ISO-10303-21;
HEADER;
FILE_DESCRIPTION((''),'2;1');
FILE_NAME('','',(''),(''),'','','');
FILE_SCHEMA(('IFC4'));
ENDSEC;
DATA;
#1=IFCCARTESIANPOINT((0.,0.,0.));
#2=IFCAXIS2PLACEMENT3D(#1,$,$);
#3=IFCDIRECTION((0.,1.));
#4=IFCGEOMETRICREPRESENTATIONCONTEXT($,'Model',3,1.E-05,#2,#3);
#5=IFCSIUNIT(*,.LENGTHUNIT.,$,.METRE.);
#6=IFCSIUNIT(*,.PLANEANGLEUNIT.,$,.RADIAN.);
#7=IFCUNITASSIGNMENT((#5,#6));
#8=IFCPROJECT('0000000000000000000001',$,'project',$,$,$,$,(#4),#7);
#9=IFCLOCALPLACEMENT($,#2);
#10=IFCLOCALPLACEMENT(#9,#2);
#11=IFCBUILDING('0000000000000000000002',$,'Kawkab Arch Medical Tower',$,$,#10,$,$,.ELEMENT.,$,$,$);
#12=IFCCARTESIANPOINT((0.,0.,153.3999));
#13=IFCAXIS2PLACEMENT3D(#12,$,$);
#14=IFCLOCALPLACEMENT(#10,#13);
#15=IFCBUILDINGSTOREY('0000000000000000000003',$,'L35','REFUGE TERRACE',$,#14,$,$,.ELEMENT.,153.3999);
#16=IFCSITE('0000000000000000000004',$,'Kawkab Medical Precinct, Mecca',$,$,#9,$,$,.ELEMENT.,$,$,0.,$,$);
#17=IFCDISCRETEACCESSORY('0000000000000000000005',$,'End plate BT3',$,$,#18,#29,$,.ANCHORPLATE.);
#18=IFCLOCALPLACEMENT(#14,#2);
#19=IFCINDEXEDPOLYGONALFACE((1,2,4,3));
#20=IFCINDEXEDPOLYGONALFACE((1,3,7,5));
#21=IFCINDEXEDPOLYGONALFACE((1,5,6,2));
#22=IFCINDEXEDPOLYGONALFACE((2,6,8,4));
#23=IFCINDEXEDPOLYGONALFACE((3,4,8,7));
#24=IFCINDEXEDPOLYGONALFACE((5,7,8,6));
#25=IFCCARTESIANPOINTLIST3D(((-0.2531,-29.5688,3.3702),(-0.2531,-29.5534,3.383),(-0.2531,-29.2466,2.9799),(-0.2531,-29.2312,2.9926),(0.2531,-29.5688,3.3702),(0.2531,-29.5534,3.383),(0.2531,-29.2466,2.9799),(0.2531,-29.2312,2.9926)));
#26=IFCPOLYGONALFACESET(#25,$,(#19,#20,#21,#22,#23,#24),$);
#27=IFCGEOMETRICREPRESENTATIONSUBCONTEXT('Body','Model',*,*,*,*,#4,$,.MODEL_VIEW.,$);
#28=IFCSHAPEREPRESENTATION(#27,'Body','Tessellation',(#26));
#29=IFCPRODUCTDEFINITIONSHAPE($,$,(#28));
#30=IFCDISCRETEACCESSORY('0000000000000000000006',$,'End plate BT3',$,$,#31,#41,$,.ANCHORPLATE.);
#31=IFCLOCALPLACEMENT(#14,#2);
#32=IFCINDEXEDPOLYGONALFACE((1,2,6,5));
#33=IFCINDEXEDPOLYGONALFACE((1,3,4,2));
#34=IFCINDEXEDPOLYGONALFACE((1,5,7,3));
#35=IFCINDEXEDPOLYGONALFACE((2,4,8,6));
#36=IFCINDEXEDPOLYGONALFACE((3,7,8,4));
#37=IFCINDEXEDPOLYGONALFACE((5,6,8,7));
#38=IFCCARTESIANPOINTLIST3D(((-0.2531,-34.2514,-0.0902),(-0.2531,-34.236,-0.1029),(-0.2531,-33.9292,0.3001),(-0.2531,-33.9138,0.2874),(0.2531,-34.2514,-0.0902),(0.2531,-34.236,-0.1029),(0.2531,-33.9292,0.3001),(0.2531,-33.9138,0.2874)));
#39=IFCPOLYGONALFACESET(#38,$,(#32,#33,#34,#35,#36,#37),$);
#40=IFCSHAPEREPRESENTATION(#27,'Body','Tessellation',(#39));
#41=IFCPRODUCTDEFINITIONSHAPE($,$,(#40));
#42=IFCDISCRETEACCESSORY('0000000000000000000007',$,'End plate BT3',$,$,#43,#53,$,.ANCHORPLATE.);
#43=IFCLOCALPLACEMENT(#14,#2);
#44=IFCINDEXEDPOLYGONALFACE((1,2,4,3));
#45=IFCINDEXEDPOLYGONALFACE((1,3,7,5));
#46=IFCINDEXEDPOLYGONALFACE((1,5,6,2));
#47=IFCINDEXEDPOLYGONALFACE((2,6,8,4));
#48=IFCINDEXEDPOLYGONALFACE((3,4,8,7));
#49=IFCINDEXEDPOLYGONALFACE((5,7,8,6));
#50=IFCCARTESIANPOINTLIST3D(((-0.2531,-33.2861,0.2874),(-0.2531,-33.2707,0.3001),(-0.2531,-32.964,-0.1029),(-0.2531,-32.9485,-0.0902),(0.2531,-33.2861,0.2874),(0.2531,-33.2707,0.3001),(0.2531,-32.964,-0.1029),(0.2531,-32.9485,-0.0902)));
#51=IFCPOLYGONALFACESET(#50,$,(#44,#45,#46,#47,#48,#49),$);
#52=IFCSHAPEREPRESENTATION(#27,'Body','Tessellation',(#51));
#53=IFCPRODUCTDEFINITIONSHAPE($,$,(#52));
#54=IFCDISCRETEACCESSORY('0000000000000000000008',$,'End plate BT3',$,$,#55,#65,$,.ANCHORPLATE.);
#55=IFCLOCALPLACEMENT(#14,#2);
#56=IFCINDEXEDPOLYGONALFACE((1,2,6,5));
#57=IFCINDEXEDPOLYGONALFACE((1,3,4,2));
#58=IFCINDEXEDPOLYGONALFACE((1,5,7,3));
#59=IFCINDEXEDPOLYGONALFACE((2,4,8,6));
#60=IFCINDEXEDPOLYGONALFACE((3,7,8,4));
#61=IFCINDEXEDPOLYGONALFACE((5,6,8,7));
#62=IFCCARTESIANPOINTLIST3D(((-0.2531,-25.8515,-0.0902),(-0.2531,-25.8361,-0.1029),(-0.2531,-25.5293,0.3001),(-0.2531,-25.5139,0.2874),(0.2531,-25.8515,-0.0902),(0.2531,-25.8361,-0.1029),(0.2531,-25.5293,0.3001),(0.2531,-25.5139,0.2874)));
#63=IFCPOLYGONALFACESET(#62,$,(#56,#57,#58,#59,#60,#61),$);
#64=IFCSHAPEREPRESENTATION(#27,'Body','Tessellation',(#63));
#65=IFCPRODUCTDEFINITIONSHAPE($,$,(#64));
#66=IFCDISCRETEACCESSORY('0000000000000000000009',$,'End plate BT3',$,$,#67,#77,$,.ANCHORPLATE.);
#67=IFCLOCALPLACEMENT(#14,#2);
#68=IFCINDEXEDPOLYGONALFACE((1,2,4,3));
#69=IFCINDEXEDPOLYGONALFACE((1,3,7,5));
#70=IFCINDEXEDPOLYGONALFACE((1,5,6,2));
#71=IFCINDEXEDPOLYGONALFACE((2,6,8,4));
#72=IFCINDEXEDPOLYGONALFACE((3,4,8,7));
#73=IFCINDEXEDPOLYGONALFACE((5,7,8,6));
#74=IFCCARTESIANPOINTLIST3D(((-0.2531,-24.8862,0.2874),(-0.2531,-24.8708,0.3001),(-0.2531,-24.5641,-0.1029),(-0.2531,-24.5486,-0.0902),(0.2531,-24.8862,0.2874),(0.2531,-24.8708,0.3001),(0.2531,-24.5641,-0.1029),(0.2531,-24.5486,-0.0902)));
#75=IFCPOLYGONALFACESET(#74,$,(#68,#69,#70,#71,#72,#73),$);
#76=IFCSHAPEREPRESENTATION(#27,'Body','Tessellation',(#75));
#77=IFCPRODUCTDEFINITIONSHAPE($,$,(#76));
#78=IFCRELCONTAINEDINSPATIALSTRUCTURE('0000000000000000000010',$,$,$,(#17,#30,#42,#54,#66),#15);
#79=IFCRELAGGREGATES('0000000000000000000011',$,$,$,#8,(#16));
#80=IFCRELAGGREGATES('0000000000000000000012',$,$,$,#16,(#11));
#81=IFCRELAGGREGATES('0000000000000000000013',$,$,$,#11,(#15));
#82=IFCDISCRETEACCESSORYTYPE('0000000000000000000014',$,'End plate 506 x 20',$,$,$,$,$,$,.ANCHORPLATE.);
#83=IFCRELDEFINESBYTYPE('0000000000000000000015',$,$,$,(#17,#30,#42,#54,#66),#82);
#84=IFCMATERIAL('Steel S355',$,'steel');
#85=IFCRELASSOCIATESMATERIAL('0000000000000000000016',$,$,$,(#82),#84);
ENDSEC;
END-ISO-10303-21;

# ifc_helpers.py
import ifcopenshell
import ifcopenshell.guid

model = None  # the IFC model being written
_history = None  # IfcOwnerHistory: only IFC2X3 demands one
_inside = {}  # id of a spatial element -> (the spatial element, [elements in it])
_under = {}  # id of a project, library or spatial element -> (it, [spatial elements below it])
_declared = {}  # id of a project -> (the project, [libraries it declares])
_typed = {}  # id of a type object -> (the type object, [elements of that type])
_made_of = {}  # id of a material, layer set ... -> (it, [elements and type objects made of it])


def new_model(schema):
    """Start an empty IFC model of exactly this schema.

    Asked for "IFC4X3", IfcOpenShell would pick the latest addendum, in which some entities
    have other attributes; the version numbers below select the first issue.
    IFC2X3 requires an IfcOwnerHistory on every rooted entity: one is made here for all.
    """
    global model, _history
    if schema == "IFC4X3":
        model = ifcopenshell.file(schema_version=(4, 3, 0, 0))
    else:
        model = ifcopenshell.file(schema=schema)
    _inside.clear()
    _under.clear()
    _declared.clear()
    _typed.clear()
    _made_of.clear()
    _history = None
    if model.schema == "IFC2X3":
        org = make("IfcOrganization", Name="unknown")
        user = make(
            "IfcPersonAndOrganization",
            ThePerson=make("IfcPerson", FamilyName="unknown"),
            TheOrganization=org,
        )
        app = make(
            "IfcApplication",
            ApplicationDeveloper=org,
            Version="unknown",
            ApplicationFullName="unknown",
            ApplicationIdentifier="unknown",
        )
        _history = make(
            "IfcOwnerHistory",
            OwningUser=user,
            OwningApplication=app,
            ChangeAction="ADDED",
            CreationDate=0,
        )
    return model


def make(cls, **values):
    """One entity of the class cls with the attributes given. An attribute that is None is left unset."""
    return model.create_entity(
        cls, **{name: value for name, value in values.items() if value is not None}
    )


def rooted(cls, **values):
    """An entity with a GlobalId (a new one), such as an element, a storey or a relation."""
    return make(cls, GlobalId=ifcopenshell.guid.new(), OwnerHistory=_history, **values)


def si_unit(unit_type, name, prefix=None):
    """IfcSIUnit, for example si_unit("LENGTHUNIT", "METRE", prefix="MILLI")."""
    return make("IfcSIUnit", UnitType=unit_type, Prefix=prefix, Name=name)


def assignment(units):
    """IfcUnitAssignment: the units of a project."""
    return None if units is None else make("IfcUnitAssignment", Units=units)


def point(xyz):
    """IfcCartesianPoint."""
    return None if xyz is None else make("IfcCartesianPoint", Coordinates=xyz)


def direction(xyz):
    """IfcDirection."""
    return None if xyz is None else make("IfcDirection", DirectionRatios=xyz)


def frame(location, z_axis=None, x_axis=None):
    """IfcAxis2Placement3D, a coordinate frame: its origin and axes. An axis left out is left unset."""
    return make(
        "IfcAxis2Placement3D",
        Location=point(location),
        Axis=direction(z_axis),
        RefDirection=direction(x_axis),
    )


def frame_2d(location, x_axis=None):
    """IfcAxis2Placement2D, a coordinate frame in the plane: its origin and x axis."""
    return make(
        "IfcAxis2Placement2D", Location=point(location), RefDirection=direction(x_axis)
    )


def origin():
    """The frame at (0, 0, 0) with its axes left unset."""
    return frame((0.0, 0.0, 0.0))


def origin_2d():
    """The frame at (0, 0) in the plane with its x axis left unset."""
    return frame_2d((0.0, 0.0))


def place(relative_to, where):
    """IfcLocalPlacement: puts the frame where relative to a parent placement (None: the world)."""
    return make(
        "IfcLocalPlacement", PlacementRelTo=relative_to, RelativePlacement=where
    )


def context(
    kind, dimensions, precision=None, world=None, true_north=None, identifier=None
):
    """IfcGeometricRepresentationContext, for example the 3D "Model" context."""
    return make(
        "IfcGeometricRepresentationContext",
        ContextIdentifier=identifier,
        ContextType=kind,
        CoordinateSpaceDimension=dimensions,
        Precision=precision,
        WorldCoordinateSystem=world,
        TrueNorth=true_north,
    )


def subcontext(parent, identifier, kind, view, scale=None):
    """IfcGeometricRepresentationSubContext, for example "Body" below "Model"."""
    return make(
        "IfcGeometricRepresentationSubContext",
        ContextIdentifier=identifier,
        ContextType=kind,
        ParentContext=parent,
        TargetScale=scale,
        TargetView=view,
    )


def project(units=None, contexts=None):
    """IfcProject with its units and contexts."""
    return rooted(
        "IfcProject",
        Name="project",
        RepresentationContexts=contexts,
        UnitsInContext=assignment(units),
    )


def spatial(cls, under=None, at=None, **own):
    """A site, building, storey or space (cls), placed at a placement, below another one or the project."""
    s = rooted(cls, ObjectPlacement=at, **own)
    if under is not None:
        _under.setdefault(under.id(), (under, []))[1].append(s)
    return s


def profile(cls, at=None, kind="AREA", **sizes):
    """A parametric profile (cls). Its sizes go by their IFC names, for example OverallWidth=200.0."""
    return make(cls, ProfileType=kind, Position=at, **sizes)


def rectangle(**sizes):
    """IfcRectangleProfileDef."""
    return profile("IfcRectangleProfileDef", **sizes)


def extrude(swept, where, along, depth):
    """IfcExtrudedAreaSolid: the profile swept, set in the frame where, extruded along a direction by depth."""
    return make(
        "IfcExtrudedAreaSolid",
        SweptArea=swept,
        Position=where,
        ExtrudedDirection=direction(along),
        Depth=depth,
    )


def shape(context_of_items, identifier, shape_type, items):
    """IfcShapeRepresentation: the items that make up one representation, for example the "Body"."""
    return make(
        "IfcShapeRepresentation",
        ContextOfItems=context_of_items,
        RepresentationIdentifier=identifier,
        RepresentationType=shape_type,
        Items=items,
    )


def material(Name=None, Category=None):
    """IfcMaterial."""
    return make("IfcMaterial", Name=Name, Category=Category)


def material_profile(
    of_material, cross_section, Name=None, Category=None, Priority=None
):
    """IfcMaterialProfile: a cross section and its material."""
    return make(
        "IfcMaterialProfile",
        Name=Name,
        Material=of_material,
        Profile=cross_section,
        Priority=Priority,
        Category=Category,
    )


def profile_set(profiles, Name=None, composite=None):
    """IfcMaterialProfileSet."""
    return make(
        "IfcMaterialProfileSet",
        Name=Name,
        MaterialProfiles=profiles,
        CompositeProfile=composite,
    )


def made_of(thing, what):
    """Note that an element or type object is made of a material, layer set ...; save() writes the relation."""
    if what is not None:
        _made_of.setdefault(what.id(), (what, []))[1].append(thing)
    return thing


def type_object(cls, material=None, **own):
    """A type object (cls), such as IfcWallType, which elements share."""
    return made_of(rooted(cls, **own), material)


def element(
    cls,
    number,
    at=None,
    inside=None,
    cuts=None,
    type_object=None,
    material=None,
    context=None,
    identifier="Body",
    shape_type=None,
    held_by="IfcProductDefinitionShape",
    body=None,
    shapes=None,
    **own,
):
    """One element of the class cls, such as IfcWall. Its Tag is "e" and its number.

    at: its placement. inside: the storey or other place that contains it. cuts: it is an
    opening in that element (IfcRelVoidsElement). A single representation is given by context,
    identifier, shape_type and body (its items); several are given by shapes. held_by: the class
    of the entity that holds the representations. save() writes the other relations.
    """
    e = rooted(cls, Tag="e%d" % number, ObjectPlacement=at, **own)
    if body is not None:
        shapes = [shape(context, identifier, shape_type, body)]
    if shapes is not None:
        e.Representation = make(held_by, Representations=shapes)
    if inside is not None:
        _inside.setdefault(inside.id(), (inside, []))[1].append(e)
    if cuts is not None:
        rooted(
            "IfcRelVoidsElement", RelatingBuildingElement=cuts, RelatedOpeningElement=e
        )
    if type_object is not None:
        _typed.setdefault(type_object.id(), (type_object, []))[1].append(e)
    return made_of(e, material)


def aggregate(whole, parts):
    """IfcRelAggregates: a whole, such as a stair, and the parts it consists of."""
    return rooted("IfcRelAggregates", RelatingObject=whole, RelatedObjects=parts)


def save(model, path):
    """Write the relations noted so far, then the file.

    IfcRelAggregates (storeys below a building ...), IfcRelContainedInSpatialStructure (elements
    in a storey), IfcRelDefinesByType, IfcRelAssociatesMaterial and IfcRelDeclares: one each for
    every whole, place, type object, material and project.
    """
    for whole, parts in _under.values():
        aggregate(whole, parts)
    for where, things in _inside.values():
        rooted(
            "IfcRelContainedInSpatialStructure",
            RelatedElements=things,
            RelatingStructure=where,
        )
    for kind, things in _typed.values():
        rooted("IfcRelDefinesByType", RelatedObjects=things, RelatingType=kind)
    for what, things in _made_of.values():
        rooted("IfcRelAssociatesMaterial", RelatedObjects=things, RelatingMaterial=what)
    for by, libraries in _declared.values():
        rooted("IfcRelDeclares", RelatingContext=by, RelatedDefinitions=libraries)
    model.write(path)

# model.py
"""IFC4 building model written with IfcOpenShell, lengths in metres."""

from ifc_helpers import new_model, si_unit, direction, frame, origin, origin_2d, place, context, subcontext, project, spatial, rectangle, extrude, material, material_profile, profile_set, type_object, element, save


model = new_model("IFC4")

# Units and contexts
model_context = context("Model", 3, precision=1e-05, world=origin(), true_north=direction((0.0, 1.0)))
body_context = subcontext(model_context, "Body", "Model", "MODEL_VIEW")
ifc_project = project(units=[si_unit("LENGTHUNIT", "METRE"), si_unit("PLANEANGLEUNIT", "RADIAN")], contexts=[model_context])

# Site, building, storey
site_placement = place(None, origin())
site = spatial("IfcSite", under=ifc_project, at=site_placement, Name="Kawkab Medical Precinct, Mecca", CompositionType="ELEMENT", RefElevation=0.0)
building_placement = place(site_placement, origin())
building = spatial("IfcBuilding", under=site, at=building_placement, Name="Kawkab Arch Medical Tower", CompositionType="ELEMENT")
storey_placement = place(building_placement, frame((0.0, 0.0, 153.3999)))
storey = spatial("IfcBuildingStorey", under=building, at=storey_placement, Name="L35", Description="REFUGE TERRACE", CompositionType="ELEMENT", Elevation=153.3999)

# Discrete accessories
ifc_material_1 = material(Name="Steel S355", Category="steel")
ifc_material_profile_1 = material_profile(ifc_material_1, rectangle(XDim=0.5061, YDim=0.5061, at=origin_2d()), Name="End plate 506 x 20")
ifc_profile_set_1 = profile_set([ifc_material_profile_1], Name="Steel S355")
discrete_accessory_type = type_object("IfcDiscreteAccessoryType", Name="End plate 506 x 20", PredefinedType="ANCHORPLATE", material=ifc_profile_set_1)
for number, where, z_axis, x_axis, name in (
    (1, (0.0, -29.4077, 3.175), (0.0, 0.771223, 0.636565), (-1.0, 0.0, 0.0), "End plate BT3"),
    (2, (0.0, -34.0903, 0.105), (0.0, 0.771223, -0.636565), (-1.0, 0.0, 0.0), "End plate BT3"),
    (3, (0.0, -33.1096, 0.105), (0.0, -0.771223, -0.636565), (1.0, 0.0, 0.0), "End plate BT3"),
    (4, (0.0, -25.6904, 0.105), (0.0, 0.771223, -0.636565), (-1.0, 0.0, 0.0), "End plate BT3"),
    (5, (0.0, -24.7097, 0.105), (0.0, -0.771223, -0.636565), (1.0, 0.0, 0.0), "End plate BT3"),
):
    element("IfcDiscreteAccessory", number, at=place(storey_placement, frame(where, z_axis=z_axis, x_axis=x_axis)), inside=storey, type_object=discrete_accessory_type, Name=name, PredefinedType="ANCHORPLATE", context=body_context, shape_type="SweptSolid", body=[
        extrude(rectangle(XDim=0.5061, YDim=0.5061, at=origin_2d()), origin(), (0.0, 0.0, 1.0), 0.02),
    ])

save(model, "model.ifc")
